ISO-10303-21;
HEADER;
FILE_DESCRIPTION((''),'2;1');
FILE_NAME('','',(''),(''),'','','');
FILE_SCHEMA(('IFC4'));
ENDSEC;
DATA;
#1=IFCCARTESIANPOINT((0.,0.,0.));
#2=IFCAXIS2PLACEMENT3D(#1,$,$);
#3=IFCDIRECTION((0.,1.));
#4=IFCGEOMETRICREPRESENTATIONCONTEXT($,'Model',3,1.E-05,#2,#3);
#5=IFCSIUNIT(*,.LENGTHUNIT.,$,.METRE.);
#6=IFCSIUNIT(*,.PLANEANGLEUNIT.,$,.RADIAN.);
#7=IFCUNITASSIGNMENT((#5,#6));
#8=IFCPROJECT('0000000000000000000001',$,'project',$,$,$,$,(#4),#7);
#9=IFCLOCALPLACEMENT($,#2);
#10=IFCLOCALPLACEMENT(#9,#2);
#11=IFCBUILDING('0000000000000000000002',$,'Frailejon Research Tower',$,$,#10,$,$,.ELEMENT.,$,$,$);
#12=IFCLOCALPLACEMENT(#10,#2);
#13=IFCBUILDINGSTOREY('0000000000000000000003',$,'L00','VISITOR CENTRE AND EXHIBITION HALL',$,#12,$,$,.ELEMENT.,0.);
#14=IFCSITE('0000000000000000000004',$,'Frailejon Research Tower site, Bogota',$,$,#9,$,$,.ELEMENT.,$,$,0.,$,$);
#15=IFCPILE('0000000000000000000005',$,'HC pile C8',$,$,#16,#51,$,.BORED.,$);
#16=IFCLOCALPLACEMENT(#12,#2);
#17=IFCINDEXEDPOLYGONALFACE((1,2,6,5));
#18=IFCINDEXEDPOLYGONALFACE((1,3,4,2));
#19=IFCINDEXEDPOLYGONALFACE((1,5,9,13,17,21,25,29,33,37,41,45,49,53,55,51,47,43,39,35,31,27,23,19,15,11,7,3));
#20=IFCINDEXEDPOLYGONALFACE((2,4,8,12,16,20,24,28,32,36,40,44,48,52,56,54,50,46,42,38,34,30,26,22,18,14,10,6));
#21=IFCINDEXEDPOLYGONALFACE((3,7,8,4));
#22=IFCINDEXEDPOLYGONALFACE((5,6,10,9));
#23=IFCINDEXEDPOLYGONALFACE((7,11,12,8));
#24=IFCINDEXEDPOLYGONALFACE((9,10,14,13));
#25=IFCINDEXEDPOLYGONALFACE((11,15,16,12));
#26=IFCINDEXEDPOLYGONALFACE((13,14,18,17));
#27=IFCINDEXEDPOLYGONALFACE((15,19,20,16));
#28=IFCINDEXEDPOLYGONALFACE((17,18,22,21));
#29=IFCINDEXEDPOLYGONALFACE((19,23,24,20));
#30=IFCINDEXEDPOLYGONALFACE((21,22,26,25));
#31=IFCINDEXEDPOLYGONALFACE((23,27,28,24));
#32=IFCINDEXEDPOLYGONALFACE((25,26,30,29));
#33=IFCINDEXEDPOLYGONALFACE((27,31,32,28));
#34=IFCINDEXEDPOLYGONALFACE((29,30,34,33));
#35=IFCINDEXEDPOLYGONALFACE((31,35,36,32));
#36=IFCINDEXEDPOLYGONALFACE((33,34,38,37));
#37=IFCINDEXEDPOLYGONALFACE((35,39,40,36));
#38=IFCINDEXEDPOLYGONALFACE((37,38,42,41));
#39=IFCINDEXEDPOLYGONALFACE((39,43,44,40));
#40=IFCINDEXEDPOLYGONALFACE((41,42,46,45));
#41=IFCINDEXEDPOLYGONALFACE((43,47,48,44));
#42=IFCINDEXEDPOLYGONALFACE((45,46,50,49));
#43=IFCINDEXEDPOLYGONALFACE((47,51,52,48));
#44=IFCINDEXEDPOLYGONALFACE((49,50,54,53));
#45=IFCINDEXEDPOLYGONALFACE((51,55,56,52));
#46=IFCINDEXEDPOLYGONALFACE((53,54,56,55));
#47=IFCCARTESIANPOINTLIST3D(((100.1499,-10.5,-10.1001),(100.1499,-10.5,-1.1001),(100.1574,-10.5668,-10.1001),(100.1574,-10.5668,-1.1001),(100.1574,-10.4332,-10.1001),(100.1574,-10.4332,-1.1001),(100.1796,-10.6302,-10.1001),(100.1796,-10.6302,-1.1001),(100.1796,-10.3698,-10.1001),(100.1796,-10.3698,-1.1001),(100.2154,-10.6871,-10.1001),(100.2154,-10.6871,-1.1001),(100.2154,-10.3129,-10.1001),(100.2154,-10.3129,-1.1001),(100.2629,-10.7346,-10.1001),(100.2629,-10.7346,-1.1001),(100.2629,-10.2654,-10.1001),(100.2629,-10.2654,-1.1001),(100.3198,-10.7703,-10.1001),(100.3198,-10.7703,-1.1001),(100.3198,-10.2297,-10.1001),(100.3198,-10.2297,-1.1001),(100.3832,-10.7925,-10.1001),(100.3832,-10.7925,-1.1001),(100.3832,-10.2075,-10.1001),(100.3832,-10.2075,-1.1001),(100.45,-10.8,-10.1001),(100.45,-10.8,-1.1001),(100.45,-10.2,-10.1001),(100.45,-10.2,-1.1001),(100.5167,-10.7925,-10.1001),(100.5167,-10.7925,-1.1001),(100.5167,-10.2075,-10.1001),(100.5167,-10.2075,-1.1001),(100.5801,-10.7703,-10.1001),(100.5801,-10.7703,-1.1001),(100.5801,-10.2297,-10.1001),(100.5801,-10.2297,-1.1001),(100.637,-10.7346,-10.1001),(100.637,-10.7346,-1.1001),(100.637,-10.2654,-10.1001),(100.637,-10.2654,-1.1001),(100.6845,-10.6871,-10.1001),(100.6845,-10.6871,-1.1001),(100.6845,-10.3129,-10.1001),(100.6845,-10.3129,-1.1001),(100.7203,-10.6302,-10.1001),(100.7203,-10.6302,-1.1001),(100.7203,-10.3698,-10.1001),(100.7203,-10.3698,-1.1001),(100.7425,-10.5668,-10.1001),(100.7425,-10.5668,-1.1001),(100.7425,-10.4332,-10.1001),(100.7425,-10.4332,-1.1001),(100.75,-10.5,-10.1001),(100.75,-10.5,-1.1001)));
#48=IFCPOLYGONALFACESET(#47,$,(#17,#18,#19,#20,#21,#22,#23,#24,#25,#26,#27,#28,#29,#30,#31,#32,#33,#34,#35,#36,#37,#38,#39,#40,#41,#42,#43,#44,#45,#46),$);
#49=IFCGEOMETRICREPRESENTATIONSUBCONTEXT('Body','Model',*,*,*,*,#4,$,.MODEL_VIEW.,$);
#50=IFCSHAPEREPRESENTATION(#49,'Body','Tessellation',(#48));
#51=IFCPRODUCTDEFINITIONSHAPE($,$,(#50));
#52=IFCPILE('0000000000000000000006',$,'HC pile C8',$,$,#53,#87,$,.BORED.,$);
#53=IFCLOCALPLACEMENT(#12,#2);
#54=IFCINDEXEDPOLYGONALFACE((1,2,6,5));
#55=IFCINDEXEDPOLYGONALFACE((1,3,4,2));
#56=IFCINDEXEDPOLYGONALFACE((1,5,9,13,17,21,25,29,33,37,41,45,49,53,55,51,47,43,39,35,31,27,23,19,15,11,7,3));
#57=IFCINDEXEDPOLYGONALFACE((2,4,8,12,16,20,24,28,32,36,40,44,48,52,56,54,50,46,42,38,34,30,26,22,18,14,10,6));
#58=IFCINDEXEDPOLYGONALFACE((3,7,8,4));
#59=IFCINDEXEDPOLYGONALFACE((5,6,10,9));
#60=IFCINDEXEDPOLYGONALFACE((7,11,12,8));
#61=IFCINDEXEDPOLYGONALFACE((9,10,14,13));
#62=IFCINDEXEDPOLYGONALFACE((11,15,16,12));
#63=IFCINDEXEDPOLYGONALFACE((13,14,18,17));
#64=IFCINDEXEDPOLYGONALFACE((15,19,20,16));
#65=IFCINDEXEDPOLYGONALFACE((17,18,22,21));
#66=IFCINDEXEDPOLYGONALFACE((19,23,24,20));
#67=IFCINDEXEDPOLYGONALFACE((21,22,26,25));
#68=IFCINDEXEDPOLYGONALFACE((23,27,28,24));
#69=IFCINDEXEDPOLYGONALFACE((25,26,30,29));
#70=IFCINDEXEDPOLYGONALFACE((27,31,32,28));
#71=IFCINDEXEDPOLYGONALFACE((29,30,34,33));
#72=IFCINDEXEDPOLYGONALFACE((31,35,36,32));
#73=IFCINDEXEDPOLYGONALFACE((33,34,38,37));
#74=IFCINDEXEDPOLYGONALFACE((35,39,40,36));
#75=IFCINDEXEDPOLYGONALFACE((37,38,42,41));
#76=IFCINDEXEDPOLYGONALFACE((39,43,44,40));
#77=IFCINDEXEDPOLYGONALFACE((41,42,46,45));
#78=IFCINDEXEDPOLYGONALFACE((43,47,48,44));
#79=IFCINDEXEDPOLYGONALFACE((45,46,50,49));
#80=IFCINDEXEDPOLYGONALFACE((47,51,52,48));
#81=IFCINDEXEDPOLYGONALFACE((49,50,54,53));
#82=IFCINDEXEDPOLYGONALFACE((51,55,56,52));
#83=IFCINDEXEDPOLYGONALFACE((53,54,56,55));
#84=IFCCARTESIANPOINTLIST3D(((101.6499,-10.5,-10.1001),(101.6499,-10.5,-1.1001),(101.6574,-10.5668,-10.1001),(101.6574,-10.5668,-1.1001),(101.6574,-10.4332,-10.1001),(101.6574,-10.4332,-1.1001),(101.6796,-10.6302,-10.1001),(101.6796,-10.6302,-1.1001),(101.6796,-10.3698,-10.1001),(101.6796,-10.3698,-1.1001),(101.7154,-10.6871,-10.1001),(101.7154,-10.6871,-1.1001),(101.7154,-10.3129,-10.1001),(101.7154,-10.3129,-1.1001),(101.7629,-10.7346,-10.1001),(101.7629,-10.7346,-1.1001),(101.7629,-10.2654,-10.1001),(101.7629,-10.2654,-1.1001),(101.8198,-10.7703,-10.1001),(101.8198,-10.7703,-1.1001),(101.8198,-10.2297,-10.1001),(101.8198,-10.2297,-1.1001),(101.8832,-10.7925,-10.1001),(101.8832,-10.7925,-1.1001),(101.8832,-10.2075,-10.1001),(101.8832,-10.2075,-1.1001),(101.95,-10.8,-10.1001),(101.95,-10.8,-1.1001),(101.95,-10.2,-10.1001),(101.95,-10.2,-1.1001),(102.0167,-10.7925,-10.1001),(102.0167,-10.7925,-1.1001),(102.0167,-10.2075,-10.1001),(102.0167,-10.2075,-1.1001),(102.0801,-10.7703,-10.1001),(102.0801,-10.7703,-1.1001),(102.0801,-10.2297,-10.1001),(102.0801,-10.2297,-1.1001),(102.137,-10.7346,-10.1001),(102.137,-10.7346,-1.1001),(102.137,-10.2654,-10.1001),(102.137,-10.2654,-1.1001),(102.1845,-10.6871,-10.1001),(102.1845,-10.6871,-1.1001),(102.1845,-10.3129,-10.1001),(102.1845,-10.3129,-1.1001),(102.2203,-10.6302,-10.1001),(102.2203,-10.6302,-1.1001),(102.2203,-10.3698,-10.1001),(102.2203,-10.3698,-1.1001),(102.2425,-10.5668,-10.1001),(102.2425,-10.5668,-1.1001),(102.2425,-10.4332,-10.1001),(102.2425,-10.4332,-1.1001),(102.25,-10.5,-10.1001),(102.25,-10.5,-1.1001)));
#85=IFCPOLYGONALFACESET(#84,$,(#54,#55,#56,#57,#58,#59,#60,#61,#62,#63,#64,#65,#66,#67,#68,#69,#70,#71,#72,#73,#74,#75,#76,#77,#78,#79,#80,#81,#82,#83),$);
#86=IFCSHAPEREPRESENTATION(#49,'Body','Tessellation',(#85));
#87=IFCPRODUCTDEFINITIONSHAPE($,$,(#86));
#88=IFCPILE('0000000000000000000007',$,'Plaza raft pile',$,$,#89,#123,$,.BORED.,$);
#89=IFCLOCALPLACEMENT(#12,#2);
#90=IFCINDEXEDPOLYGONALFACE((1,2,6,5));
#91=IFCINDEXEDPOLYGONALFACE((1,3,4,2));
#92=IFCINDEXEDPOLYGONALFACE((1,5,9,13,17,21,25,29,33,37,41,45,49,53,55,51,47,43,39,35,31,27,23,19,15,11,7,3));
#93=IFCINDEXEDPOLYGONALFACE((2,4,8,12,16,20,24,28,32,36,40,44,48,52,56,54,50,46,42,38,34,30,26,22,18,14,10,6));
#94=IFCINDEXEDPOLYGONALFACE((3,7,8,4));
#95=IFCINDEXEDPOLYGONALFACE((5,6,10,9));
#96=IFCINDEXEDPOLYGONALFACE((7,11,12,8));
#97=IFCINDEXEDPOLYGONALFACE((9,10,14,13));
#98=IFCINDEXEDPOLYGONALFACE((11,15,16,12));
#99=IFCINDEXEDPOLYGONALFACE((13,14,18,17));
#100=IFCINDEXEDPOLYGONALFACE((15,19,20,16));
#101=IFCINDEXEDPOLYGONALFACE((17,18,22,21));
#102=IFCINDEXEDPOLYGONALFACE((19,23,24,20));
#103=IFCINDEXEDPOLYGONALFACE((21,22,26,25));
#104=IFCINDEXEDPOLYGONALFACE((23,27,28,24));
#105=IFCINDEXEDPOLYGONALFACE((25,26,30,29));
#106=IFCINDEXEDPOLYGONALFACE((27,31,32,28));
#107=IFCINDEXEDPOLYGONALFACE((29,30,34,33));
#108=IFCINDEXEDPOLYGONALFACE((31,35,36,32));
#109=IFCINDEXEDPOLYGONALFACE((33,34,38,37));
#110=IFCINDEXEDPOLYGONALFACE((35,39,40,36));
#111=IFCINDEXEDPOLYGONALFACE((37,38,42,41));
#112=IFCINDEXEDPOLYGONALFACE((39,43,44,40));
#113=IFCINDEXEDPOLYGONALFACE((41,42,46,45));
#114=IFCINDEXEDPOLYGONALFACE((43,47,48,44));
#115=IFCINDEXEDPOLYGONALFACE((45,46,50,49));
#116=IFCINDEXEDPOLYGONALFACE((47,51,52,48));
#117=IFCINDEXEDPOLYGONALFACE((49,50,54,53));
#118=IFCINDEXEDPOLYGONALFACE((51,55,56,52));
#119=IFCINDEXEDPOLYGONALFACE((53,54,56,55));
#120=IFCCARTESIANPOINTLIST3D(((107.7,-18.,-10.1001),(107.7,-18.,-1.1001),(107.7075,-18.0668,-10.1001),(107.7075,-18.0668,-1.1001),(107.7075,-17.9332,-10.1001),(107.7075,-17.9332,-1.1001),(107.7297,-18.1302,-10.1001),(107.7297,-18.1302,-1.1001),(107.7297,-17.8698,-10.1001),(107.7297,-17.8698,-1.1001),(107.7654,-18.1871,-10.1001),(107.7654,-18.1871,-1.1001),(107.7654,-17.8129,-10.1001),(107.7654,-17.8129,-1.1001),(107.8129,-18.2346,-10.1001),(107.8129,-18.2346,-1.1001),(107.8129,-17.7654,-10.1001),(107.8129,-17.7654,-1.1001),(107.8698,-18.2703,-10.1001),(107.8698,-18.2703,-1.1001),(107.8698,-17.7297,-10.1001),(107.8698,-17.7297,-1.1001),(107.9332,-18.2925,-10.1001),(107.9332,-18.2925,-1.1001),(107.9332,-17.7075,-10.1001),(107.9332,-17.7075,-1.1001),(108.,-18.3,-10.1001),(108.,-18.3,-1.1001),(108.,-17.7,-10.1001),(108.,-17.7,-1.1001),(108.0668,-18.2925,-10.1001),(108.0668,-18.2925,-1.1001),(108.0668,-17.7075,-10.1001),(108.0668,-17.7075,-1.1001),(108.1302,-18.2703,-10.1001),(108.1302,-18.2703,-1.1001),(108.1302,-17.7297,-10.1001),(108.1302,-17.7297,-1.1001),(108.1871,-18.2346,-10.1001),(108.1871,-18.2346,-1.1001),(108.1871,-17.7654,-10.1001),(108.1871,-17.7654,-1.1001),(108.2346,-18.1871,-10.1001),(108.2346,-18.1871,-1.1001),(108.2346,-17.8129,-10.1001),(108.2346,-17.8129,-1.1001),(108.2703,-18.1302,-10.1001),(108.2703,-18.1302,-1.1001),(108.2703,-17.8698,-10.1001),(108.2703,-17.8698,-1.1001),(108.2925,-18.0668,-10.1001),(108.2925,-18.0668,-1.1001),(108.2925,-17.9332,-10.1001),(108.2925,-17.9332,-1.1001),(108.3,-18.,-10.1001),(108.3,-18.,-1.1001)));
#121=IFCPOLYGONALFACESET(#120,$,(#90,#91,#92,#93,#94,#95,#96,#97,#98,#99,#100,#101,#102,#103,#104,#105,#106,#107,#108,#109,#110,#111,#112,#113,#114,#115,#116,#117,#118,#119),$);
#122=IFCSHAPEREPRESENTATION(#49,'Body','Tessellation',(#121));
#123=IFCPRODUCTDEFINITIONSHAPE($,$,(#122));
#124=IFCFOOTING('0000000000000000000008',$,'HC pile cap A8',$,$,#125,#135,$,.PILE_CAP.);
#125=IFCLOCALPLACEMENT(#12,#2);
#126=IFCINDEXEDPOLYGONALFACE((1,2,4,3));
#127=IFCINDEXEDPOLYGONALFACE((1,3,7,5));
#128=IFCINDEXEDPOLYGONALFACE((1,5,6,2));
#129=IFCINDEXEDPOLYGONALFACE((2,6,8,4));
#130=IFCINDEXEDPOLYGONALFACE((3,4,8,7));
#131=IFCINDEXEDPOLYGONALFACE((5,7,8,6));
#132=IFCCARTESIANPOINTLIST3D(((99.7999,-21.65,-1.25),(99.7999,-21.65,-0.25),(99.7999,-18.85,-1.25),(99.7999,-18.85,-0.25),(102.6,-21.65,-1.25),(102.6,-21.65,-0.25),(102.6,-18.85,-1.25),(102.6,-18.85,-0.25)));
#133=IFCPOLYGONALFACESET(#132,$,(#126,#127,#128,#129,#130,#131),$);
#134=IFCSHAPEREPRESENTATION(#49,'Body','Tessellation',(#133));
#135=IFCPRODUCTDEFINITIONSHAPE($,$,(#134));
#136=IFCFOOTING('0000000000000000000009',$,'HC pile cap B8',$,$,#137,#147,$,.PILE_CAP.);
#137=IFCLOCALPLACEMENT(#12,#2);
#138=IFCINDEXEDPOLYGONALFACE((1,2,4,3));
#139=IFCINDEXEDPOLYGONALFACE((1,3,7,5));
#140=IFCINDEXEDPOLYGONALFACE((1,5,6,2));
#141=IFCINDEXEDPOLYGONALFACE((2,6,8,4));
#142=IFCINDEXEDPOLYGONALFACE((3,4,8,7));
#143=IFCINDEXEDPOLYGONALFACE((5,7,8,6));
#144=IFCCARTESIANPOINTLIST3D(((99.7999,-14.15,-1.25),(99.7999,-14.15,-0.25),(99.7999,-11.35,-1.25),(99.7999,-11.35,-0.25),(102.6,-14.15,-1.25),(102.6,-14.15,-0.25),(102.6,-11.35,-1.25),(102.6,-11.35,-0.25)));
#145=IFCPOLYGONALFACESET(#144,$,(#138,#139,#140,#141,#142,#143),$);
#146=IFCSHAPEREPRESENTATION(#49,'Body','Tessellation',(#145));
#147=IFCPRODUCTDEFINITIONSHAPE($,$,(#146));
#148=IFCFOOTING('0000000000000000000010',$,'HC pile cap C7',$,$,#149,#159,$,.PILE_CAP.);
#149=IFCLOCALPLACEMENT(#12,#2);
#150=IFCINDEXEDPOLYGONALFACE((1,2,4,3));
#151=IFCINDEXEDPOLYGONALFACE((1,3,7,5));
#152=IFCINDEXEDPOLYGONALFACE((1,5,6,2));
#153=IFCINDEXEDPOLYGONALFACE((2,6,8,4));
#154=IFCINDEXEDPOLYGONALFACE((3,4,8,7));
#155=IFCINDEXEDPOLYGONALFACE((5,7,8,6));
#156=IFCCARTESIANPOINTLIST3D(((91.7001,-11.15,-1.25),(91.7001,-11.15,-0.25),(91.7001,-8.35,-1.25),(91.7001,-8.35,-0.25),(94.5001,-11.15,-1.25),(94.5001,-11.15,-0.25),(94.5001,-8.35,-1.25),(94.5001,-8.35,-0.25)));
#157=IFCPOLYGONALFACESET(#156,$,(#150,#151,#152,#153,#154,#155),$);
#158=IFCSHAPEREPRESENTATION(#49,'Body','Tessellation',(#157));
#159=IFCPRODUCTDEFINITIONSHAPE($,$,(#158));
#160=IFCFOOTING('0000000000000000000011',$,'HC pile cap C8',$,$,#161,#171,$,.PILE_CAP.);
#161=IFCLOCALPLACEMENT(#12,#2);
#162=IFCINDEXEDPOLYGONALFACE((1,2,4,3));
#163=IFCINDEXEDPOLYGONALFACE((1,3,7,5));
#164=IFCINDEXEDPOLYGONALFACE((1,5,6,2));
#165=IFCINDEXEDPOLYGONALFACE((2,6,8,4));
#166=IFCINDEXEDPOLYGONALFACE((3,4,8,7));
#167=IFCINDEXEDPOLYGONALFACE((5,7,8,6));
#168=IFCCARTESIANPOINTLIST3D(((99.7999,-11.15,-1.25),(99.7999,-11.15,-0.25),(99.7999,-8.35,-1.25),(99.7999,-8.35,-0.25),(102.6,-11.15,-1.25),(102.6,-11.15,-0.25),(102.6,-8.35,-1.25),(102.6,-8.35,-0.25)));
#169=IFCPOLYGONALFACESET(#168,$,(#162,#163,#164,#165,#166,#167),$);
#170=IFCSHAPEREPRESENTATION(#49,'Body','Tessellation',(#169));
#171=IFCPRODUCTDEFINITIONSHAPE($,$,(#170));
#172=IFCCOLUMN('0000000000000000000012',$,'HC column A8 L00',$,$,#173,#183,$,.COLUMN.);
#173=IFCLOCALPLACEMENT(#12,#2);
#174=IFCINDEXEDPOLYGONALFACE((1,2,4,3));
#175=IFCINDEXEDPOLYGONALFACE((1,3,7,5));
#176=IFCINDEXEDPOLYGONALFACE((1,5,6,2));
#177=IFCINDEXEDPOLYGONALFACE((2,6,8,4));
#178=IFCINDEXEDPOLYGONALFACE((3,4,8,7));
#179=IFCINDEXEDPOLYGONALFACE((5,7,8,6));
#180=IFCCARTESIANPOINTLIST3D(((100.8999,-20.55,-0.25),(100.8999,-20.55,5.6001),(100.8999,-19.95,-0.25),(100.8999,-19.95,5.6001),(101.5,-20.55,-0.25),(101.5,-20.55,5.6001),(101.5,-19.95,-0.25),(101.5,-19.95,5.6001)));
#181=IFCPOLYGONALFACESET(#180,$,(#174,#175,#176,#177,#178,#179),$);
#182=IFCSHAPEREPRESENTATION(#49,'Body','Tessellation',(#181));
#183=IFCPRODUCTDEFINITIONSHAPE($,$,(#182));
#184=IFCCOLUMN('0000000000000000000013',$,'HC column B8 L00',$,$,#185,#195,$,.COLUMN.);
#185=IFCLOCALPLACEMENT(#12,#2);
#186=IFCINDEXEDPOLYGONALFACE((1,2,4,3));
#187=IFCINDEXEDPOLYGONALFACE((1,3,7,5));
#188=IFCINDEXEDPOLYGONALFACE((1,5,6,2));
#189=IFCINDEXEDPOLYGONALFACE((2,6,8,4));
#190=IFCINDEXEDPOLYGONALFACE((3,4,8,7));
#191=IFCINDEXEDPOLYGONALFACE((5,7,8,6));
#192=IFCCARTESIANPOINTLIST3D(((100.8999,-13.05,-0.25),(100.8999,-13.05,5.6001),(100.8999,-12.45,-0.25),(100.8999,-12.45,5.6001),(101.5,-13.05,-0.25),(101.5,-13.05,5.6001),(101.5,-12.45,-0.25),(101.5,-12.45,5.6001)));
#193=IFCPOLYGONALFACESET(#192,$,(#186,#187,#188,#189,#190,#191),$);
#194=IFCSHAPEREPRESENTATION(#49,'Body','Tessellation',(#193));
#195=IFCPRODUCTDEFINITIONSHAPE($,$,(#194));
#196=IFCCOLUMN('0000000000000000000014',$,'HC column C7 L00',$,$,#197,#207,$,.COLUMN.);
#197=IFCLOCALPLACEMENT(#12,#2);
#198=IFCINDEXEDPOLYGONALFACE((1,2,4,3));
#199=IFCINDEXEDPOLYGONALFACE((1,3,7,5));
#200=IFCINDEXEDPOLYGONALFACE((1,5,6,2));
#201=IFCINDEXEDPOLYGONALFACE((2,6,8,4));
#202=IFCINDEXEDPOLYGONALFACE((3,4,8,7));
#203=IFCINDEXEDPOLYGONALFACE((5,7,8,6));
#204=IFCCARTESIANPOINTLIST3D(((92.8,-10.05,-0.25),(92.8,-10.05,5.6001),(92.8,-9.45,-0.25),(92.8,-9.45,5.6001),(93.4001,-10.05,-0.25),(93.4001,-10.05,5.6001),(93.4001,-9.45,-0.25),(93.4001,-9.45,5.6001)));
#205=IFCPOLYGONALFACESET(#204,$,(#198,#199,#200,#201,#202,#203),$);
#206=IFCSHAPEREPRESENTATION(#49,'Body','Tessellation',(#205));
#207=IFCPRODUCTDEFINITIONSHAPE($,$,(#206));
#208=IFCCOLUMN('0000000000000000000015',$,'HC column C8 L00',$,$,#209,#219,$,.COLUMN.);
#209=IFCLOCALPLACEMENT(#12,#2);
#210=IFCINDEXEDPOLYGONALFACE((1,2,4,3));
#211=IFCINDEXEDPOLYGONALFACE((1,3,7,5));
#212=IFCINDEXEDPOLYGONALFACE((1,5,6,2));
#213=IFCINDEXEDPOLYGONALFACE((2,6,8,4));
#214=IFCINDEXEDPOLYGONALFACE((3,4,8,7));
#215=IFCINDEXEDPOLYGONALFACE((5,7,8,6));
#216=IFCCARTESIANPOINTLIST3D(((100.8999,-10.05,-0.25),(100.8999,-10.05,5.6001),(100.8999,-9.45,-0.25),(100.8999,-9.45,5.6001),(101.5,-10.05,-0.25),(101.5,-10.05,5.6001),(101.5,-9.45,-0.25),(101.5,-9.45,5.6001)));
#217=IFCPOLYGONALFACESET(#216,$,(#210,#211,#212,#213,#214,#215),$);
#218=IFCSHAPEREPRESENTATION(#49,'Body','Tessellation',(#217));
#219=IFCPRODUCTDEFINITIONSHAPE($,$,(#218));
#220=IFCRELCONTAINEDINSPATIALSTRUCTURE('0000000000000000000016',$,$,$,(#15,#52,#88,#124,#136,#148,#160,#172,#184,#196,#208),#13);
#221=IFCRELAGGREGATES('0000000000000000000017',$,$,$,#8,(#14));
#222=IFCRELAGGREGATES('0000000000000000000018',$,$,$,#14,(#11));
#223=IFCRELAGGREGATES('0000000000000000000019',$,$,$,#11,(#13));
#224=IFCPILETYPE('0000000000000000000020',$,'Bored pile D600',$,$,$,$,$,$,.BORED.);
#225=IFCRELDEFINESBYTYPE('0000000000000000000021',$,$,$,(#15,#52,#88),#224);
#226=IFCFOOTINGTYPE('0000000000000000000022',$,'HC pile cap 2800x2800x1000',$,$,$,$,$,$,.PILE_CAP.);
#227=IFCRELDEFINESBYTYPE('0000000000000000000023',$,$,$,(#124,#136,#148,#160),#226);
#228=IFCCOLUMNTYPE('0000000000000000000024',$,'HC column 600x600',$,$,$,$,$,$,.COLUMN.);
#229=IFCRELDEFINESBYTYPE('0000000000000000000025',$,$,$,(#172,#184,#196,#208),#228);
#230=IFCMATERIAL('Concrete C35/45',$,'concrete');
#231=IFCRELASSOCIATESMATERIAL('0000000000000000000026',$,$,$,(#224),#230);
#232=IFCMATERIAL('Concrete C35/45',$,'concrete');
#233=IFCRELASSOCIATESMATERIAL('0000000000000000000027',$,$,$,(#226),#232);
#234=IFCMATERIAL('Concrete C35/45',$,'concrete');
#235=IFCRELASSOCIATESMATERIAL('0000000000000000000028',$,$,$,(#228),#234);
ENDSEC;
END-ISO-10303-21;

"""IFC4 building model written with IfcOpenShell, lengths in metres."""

from ifc_helpers import new_model, si_unit, direction, frame, origin, origin_2d, place, context, subcontext, project, spatial, rectangle, circle, extrude, material, material_profile, profile_set, type_object, element, save


model = new_model("IFC4")

# Units and contexts
model_context = context("Model", 3, precision=1e-05, world=origin(), true_north=direction((0.0, 1.0)))
body_context = subcontext(model_context, "Body", "Model", "MODEL_VIEW")
ifc_project = project(units=[si_unit("LENGTHUNIT", "METRE"), si_unit("PLANEANGLEUNIT", "RADIAN")], contexts=[model_context])

# Site, building, storey
site_placement = place(None, origin())
site = spatial("IfcSite", under=ifc_project, at=site_placement, Name="Frailejon Research Tower site, Bogota", CompositionType="ELEMENT", RefElevation=0.0)
building_placement = place(site_placement, origin())
building = spatial("IfcBuilding", under=site, at=building_placement, Name="Frailejon Research Tower", CompositionType="ELEMENT")
storey_placement = place(building_placement, origin())
storey = spatial("IfcBuildingStorey", under=building, at=storey_placement, Name="L00", Description="VISITOR CENTRE AND EXHIBITION HALL", CompositionType="ELEMENT", Elevation=0.0)

# Piles
ifc_material_1 = material(Name="Concrete C35/45", Category="concrete")
ifc_material_profile_1 = material_profile(ifc_material_1, circle(Radius=0.3, at=origin_2d()), Name="Bored pile D600")
ifc_profile_set_1 = profile_set([ifc_material_profile_1], Name="Concrete C35/45")
pile_type = type_object("IfcPileType", Name="Bored pile D600", PredefinedType="BORED", material=ifc_profile_set_1)
for number, where, z_axis, x_axis, name in (
    (1, (100.45, -10.5, -1.1001), (0.0, 0.0, -1.0), (1.0, 0.0, 0.0), "HC pile C8"),
    (2, (101.95, -10.5, -1.1001), (0.0, 0.0, -1.0), (1.0, 0.0, 0.0), "HC pile C8"),
    (3, (108.0, -18.0, -1.1001), (0.0, 0.0, -1.0), (1.0, 0.0, 0.0), "Plaza raft pile"),
):
    element("IfcPile", number, at=place(storey_placement, frame(where, z_axis=z_axis, x_axis=x_axis)), inside=storey, type_object=pile_type, Name=name, PredefinedType="BORED", context=body_context, shape_type="SweptSolid", body=[
        extrude(circle(Radius=0.3, at=origin_2d()), origin(), (0.0, 0.0, 1.0), 9.0),
    ])

# Footings
ifc_material_2 = material(Name="Concrete C35/45", Category="concrete")
footing_type = type_object("IfcFootingType", Name="HC pile cap 2800x2800x1000", PredefinedType="PILE_CAP", material=ifc_material_2)
for number, where, z_axis, x_axis, name in (
    (4, (101.2, -20.25, -1.25), (0.0, 0.0, 1.0), (1.0, 0.0, 0.0), "HC pile cap A8"),
    (5, (101.2, -12.75, -1.25), (0.0, 0.0, 1.0), (1.0, 0.0, 0.0), "HC pile cap B8"),
    (6, (93.1001, -9.75, -1.25), (0.0, 0.0, 1.0), (1.0, 0.0, 0.0), "HC pile cap C7"),
    (7, (101.2, -9.75, -1.25), (0.0, 0.0, 1.0), (1.0, 0.0, 0.0), "HC pile cap C8"),
):
    element("IfcFooting", number, at=place(storey_placement, frame(where, z_axis=z_axis, x_axis=x_axis)), inside=storey, type_object=footing_type, Name=name, PredefinedType="PILE_CAP", context=body_context, shape_type="SweptSolid", body=[
        extrude(rectangle(XDim=2.8, YDim=2.8, at=origin_2d()), origin(), (0.0, 0.0, 1.0), 1.0),
    ])

# Columns
ifc_material_3 = material(Name="Concrete C35/45", Category="concrete")
ifc_material_profile_2 = material_profile(ifc_material_3, rectangle(XDim=0.6001, YDim=0.6001, at=origin_2d()), Name="HC column 600x600")
ifc_profile_set_2 = profile_set([ifc_material_profile_2], Name="Concrete C35/45")
column_type = type_object("IfcColumnType", Name="HC column 600x600", PredefinedType="COLUMN", material=ifc_profile_set_2)
for number, where, z_axis, x_axis, name in (
    (8, (101.2, -20.25, -0.25), (0.0, 0.0, 1.0), (1.0, 0.0, 0.0), "HC column A8 L00"),
    (9, (101.2, -12.75, -0.25), (0.0, 0.0, 1.0), (1.0, 0.0, 0.0), "HC column B8 L00"),
    (10, (93.1001, -9.75, -0.25), (0.0, 0.0, 1.0), (1.0, 0.0, 0.0), "HC column C7 L00"),
    (11, (101.2, -9.75, -0.25), (0.0, 0.0, 1.0), (1.0, 0.0, 0.0), "HC column C8 L00"),
):
    element("IfcColumn", number, at=place(storey_placement, frame(where, z_axis=z_axis, x_axis=x_axis)), inside=storey, type_object=column_type, Name=name, PredefinedType="COLUMN", context=body_context, shape_type="SweptSolid", body=[
        extrude(rectangle(XDim=0.6001, YDim=0.6001, at=origin_2d()), origin(), (0.0, 0.0, 1.0), 5.8501),
    ])

save(model, "model.ifc")
